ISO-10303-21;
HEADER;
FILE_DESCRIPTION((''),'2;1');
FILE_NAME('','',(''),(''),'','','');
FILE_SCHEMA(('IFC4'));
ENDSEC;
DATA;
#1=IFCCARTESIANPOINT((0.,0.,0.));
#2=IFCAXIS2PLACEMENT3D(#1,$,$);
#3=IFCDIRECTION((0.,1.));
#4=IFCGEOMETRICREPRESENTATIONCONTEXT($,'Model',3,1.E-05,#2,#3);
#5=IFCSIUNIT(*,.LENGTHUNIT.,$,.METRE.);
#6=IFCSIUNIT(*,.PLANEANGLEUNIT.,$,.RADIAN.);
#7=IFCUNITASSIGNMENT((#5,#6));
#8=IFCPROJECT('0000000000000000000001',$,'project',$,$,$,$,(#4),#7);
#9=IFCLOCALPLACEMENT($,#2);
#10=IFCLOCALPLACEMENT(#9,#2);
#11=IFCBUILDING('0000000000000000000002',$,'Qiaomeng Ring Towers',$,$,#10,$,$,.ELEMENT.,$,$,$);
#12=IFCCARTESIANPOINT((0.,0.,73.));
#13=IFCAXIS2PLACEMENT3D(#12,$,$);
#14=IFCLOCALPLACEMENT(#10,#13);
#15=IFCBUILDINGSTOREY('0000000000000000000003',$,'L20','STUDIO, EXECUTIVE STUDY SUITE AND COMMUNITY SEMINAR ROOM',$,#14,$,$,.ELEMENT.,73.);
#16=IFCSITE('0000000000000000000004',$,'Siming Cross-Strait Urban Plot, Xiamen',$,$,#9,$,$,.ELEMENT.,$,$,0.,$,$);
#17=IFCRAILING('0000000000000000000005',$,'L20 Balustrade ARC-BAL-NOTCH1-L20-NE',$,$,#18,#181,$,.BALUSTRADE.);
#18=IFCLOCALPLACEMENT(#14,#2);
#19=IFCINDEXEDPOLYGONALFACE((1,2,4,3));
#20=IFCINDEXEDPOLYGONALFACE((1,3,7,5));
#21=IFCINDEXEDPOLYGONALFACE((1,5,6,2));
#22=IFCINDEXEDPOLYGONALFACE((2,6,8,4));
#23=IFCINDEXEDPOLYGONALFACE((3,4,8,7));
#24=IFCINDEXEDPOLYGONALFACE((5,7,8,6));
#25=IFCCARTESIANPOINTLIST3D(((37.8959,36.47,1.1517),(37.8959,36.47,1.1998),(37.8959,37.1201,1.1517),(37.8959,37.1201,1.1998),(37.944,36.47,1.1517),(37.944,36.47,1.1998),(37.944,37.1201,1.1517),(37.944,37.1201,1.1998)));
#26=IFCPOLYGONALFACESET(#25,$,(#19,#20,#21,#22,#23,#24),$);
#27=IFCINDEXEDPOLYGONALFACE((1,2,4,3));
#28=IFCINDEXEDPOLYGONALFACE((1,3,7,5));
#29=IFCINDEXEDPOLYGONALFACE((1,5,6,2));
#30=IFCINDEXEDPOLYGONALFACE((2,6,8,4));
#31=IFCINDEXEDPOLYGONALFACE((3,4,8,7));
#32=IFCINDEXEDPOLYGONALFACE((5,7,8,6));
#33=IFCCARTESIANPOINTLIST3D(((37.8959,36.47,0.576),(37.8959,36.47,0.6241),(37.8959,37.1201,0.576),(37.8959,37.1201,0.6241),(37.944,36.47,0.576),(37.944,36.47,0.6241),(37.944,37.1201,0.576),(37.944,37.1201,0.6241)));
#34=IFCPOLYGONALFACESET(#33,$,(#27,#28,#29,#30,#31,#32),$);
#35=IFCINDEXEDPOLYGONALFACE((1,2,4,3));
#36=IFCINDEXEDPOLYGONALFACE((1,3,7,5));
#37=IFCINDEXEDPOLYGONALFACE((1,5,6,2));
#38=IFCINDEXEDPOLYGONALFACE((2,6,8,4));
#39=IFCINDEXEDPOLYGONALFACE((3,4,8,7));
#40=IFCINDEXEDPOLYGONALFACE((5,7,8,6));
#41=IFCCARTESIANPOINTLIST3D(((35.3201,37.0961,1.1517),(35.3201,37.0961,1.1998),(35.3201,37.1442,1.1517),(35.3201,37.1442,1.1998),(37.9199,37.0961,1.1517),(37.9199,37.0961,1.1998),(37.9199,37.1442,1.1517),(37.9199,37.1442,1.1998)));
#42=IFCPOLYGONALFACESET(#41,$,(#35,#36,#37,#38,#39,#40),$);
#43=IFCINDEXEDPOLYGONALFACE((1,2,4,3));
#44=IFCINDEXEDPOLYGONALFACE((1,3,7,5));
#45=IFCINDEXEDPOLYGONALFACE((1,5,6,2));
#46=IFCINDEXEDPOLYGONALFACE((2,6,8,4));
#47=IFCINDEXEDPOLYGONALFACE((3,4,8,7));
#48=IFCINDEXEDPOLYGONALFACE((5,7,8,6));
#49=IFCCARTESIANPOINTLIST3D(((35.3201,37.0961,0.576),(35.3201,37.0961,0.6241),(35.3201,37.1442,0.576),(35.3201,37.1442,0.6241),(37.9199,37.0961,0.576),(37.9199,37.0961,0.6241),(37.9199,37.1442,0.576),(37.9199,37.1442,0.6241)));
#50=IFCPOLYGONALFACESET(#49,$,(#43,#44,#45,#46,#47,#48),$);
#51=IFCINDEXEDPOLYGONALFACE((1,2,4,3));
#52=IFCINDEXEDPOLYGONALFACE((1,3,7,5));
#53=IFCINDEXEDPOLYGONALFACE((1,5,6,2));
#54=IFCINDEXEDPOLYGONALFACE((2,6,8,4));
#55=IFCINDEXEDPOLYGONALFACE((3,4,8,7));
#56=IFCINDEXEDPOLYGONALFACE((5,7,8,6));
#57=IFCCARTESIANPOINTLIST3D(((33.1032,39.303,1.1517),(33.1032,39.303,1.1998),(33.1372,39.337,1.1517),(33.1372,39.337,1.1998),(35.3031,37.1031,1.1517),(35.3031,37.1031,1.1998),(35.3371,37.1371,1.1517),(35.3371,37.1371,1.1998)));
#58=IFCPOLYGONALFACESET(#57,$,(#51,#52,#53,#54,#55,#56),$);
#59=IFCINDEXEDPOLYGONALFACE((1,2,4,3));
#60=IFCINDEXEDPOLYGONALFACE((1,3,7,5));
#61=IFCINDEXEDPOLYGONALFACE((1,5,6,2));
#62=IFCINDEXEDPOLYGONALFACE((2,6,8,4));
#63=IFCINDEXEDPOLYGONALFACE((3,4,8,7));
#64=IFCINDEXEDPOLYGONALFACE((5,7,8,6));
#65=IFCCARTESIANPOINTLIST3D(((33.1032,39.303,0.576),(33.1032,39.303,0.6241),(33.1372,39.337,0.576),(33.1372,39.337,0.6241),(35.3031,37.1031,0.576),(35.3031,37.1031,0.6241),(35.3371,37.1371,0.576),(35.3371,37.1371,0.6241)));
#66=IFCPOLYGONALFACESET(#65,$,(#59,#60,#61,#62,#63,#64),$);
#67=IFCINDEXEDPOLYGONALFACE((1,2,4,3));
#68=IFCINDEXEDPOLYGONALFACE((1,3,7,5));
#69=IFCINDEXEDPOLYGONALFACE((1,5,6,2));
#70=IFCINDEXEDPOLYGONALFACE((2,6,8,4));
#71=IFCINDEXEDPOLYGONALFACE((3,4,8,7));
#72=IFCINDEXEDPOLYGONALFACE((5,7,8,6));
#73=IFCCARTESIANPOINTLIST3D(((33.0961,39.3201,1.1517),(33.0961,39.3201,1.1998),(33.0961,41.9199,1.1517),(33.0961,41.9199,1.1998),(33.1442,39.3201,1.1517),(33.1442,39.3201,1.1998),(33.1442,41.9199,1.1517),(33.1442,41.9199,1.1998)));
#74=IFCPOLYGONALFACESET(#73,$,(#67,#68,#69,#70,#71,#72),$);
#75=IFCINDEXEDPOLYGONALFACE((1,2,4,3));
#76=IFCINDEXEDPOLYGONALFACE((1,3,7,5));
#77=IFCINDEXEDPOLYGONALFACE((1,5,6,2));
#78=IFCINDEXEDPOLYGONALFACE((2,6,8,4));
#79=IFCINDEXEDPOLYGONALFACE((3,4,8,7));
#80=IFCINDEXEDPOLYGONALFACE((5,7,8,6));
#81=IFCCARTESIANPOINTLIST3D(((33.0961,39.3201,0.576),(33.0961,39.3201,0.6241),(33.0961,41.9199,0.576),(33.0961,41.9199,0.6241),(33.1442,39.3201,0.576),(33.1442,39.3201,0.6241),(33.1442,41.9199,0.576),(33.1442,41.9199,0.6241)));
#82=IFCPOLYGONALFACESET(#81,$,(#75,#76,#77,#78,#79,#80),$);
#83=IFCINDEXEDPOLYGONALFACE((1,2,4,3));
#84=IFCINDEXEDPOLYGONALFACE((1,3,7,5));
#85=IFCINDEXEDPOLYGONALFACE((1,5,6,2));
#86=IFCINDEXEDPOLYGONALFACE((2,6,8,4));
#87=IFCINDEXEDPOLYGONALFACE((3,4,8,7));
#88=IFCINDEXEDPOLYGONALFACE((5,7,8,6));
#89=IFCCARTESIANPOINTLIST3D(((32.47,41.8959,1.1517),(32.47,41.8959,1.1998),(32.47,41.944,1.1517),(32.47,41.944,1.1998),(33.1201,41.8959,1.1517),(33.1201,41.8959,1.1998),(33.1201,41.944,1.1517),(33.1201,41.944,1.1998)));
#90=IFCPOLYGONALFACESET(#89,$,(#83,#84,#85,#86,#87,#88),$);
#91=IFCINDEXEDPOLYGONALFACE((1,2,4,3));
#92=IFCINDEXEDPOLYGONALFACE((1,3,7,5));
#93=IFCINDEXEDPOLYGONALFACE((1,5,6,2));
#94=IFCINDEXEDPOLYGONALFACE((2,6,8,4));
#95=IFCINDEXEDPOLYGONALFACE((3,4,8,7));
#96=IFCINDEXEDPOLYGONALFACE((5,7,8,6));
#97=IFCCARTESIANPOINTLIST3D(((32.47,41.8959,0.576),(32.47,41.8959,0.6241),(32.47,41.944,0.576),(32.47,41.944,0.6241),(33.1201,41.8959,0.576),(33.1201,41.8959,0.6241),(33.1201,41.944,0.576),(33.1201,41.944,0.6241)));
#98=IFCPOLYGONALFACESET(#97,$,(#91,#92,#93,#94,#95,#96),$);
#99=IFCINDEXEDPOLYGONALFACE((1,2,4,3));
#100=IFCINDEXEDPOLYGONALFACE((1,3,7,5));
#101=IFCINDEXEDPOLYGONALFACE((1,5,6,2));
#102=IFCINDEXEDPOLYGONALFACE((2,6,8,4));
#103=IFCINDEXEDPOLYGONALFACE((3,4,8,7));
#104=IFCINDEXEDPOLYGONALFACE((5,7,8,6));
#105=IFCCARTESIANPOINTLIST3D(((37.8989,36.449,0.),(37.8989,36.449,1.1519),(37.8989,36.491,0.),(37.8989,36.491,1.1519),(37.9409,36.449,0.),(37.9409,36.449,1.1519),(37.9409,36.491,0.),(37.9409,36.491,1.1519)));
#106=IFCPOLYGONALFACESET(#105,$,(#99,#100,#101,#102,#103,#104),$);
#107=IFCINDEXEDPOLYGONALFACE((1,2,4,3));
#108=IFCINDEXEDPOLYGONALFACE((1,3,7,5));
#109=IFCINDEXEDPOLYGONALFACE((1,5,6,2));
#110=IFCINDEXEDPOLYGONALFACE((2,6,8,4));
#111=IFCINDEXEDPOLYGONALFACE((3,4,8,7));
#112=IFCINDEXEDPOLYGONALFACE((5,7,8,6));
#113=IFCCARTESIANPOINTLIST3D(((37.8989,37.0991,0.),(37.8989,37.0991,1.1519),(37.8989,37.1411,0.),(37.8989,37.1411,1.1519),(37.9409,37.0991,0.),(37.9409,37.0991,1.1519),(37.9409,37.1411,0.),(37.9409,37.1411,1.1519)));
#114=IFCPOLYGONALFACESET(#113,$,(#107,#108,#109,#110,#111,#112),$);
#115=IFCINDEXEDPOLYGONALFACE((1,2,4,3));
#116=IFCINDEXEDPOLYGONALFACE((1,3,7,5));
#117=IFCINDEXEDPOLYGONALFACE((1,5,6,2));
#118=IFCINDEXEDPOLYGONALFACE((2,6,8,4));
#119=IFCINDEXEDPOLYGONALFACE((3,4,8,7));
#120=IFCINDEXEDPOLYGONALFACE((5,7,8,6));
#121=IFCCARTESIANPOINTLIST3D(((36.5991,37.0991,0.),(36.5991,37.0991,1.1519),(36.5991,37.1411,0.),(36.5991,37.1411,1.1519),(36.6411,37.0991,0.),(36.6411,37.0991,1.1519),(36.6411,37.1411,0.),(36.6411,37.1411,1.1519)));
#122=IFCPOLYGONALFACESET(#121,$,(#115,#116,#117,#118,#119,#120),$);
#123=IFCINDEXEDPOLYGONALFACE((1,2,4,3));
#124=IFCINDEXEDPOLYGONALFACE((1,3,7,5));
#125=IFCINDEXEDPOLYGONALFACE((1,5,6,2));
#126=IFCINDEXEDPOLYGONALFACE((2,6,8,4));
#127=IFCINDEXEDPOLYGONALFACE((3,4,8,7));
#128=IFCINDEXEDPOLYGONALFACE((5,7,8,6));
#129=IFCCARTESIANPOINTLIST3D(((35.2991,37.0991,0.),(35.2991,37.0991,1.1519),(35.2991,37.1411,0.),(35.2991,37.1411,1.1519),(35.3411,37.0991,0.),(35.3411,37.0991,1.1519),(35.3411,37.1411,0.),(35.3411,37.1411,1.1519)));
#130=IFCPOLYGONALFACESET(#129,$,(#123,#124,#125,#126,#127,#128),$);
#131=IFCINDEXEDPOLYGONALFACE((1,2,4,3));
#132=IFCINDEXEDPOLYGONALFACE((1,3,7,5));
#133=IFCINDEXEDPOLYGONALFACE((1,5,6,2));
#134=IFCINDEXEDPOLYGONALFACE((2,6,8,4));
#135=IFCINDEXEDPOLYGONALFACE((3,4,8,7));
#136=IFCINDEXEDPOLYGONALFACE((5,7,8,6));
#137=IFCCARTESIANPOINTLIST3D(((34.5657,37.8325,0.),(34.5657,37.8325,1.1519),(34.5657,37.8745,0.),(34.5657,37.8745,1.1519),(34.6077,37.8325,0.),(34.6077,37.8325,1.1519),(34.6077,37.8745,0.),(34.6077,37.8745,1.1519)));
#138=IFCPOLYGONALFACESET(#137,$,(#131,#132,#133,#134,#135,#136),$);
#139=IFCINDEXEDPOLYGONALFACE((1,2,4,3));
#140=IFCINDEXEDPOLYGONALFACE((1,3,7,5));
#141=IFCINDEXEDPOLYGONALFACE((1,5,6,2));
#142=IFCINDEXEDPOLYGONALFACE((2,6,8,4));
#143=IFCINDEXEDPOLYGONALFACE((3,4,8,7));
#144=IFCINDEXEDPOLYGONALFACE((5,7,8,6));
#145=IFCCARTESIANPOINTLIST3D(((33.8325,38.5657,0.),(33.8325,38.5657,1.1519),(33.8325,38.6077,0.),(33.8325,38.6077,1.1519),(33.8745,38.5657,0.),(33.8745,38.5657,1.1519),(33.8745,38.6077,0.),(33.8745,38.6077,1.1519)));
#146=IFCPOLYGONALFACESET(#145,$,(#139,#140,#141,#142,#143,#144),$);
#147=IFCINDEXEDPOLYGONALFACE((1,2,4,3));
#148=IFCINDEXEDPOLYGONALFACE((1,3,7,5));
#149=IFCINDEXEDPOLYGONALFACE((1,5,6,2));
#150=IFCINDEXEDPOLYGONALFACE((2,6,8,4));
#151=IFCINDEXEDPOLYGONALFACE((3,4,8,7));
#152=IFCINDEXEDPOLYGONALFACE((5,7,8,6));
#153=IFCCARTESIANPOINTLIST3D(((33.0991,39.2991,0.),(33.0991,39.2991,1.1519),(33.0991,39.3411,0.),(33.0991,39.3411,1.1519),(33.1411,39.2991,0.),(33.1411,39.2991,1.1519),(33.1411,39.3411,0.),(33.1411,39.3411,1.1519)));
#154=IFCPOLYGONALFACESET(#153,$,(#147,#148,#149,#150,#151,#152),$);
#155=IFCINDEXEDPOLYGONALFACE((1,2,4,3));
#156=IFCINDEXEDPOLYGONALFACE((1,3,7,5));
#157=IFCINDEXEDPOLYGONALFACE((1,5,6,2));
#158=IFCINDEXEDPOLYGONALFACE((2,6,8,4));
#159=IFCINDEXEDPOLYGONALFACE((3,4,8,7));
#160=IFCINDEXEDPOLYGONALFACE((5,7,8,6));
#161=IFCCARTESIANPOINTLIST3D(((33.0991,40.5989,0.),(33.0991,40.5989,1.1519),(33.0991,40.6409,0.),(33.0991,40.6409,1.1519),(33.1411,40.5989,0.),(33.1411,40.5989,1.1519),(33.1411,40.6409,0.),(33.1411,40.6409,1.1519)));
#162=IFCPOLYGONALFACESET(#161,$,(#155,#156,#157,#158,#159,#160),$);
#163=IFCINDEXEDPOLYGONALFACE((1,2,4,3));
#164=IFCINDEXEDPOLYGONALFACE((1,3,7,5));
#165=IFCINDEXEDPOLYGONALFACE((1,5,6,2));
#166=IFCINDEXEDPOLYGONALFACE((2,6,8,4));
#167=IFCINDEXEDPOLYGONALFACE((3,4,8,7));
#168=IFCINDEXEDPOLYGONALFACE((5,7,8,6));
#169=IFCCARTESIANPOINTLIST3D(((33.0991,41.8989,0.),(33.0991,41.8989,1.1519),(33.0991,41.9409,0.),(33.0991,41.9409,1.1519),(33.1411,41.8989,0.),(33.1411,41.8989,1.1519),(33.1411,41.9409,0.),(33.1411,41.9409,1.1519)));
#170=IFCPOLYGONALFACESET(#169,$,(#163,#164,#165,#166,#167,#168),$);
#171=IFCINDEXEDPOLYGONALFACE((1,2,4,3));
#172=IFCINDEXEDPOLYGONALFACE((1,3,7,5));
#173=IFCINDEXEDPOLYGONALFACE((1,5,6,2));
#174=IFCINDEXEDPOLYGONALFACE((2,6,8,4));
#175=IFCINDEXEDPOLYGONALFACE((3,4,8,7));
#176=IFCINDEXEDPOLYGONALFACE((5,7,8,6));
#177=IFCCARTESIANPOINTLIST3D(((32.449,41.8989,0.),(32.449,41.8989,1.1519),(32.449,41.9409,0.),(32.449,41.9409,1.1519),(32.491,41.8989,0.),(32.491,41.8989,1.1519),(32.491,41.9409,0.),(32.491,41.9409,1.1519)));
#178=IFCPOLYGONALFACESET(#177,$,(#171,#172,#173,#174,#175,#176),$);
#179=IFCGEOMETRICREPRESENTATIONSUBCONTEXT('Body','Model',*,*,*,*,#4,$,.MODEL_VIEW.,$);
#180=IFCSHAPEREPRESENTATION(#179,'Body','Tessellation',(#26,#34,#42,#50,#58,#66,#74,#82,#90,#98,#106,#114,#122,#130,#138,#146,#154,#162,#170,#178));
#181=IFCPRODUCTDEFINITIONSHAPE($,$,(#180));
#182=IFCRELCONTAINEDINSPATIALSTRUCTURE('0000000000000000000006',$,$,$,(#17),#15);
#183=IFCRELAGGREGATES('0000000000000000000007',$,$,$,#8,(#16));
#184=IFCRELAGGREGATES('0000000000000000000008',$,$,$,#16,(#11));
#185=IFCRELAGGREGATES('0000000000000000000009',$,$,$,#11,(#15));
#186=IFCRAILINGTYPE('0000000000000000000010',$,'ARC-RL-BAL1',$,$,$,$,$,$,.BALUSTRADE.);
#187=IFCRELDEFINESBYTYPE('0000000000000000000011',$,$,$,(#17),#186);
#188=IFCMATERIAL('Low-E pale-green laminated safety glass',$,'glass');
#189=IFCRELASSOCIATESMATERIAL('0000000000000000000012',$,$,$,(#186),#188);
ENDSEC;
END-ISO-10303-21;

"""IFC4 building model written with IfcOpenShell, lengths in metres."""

from ifc_helpers import new_model, si_unit, direction, frame, origin, origin_2d, place, context, subcontext, project, spatial, rectangle, extrude, material, type_object, element, save


model = new_model("IFC4")

# Units and contexts
model_context = context("Model", 3, precision=1e-05, world=origin(), true_north=direction((0.0, 1.0)))
body_context = subcontext(model_context, "Body", "Model", "MODEL_VIEW")
ifc_project = project(units=[si_unit("LENGTHUNIT", "METRE"), si_unit("PLANEANGLEUNIT", "RADIAN")], contexts=[model_context])

# Site, building, storey
site_placement = place(None, origin())
site = spatial("IfcSite", under=ifc_project, at=site_placement, Name="Siming Cross-Strait Urban Plot, Xiamen", CompositionType="ELEMENT", RefElevation=0.0)
building_placement = place(site_placement, origin())
building = spatial("IfcBuilding", under=site, at=building_placement, Name="Qiaomeng Ring Towers", CompositionType="ELEMENT")
storey_placement = place(building_placement, frame((0.0, 0.0, 73.0)))
storey = spatial("IfcBuildingStorey", under=building, at=storey_placement, Name="L20", Description="STUDIO, EXECUTIVE STUDY SUITE AND COMMUNITY SEMINAR ROOM", CompositionType="ELEMENT", Elevation=73.0)

# Railing
ifc_material_1 = material(Name="Low-E pale-green laminated safety glass", Category="glass")
railing_type = type_object("IfcRailingType", Name="ARC-RL-BAL1", PredefinedType="BALUSTRADE", material=ifc_material_1)
railing_placement = place(storey_placement, frame((37.9199, 36.47, 0.0)))
element("IfcRailing", 1, at=railing_placement, inside=storey, type_object=railing_type, Name="L20 Balustrade ARC-BAL-NOTCH1-L20-NE", PredefinedType="BALUSTRADE", context=body_context, shape_type="SweptSolid", body=[
    extrude(rectangle(XDim=0.0481, YDim=0.0481, at=origin_2d()), frame((0.0, 0.0, 1.1758), z_axis=(0.0, 1.0, 0.0), x_axis=(-1.0, 0.0, 0.0)), (0.0, 0.0, 1.0), 0.6501),
    extrude(rectangle(XDim=0.0481, YDim=0.0481, at=origin_2d()), frame((0.0, 0.0, 0.6001), z_axis=(0.0, 1.0, 0.0), x_axis=(-1.0, 0.0, 0.0)), (0.0, 0.0, 1.0), 0.6501),
    extrude(rectangle(XDim=0.0481, YDim=0.0481, at=origin_2d()), frame((0.0, 0.6501, 1.1758), z_axis=(-1.0, 0.0, 0.0), x_axis=(0.0, -1.0, 0.0)), (0.0, 0.0, 1.0), 2.5999),
    extrude(rectangle(XDim=0.0481, YDim=0.0481, at=origin_2d()), frame((0.0, 0.6501, 0.6001), z_axis=(-1.0, 0.0, 0.0), x_axis=(0.0, -1.0, 0.0)), (0.0, 0.0, 1.0), 2.5999),
    extrude(rectangle(XDim=0.0481, YDim=0.0481, at=origin_2d()), frame((-2.5999, 0.6501, 1.1758), z_axis=(-0.707107, 0.707107, 0.0), x_axis=(-0.707107, -0.707107, 0.0)), (0.0, 0.0, 1.0), 3.1111),
    extrude(rectangle(XDim=0.0481, YDim=0.0481, at=origin_2d()), frame((-2.5999, 0.6501, 0.6001), z_axis=(-0.707107, 0.707107, 0.0), x_axis=(-0.707107, -0.707107, 0.0)), (0.0, 0.0, 1.0), 3.1111),
    extrude(rectangle(XDim=0.0481, YDim=0.0481, at=origin_2d()), frame((-4.7998, 2.8501, 1.1758), z_axis=(0.0, 1.0, 0.0), x_axis=(-1.0, 0.0, 0.0)), (0.0, 0.0, 1.0), 2.5999),
    extrude(rectangle(XDim=0.0481, YDim=0.0481, at=origin_2d()), frame((-4.7998, 2.8501, 0.6001), z_axis=(0.0, 1.0, 0.0), x_axis=(-1.0, 0.0, 0.0)), (0.0, 0.0, 1.0), 2.5999),
    extrude(rectangle(XDim=0.0481, YDim=0.0481, at=origin_2d()), frame((-4.7998, 5.45, 1.1758), z_axis=(-1.0, 0.0, 0.0), x_axis=(0.0, -1.0, 0.0)), (0.0, 0.0, 1.0), 0.6501),
    extrude(rectangle(XDim=0.0481, YDim=0.0481, at=origin_2d()), frame((-4.7998, 5.45, 0.6001), z_axis=(-1.0, 0.0, 0.0), x_axis=(0.0, -1.0, 0.0)), (0.0, 0.0, 1.0), 0.6501),
    extrude(rectangle(XDim=0.042, YDim=0.042, at=origin_2d()), origin(), (0.0, 0.0, 1.0), 1.1519),
    extrude(rectangle(XDim=0.042, YDim=0.042, at=origin_2d()), frame((0.0, 0.6501, 0.0)), (0.0, 0.0, 1.0), 1.1519),
    extrude(rectangle(XDim=0.042, YDim=0.042, at=origin_2d()), frame((-1.2998, 0.6501, 0.0)), (0.0, 0.0, 1.0), 1.1519),
    extrude(rectangle(XDim=0.042, YDim=0.042, at=origin_2d()), frame((-2.5999, 0.6501, 0.0)), (0.0, 0.0, 1.0), 1.1519),
    extrude(rectangle(XDim=0.042, YDim=0.042, at=origin_2d()), frame((-3.3333, 1.3835, 0.0)), (0.0, 0.0, 1.0), 1.1519),
    extrude(rectangle(XDim=0.042, YDim=0.042, at=origin_2d()), frame((-4.0664, 2.1167, 0.0)), (0.0, 0.0, 1.0), 1.1519),
    extrude(rectangle(XDim=0.042, YDim=0.042, at=origin_2d()), frame((-4.7998, 2.8501, 0.0)), (0.0, 0.0, 1.0), 1.1519),
    extrude(rectangle(XDim=0.042, YDim=0.042, at=origin_2d()), frame((-4.7998, 4.1499, 0.0)), (0.0, 0.0, 1.0), 1.1519),
    extrude(rectangle(XDim=0.042, YDim=0.042, at=origin_2d()), frame((-4.7998, 5.45, 0.0)), (0.0, 0.0, 1.0), 1.1519),
    extrude(rectangle(XDim=0.042, YDim=0.042, at=origin_2d()), frame((-5.45, 5.45, 0.0)), (0.0, 0.0, 1.0), 1.1519),
])

save(model, "model.ifc")
